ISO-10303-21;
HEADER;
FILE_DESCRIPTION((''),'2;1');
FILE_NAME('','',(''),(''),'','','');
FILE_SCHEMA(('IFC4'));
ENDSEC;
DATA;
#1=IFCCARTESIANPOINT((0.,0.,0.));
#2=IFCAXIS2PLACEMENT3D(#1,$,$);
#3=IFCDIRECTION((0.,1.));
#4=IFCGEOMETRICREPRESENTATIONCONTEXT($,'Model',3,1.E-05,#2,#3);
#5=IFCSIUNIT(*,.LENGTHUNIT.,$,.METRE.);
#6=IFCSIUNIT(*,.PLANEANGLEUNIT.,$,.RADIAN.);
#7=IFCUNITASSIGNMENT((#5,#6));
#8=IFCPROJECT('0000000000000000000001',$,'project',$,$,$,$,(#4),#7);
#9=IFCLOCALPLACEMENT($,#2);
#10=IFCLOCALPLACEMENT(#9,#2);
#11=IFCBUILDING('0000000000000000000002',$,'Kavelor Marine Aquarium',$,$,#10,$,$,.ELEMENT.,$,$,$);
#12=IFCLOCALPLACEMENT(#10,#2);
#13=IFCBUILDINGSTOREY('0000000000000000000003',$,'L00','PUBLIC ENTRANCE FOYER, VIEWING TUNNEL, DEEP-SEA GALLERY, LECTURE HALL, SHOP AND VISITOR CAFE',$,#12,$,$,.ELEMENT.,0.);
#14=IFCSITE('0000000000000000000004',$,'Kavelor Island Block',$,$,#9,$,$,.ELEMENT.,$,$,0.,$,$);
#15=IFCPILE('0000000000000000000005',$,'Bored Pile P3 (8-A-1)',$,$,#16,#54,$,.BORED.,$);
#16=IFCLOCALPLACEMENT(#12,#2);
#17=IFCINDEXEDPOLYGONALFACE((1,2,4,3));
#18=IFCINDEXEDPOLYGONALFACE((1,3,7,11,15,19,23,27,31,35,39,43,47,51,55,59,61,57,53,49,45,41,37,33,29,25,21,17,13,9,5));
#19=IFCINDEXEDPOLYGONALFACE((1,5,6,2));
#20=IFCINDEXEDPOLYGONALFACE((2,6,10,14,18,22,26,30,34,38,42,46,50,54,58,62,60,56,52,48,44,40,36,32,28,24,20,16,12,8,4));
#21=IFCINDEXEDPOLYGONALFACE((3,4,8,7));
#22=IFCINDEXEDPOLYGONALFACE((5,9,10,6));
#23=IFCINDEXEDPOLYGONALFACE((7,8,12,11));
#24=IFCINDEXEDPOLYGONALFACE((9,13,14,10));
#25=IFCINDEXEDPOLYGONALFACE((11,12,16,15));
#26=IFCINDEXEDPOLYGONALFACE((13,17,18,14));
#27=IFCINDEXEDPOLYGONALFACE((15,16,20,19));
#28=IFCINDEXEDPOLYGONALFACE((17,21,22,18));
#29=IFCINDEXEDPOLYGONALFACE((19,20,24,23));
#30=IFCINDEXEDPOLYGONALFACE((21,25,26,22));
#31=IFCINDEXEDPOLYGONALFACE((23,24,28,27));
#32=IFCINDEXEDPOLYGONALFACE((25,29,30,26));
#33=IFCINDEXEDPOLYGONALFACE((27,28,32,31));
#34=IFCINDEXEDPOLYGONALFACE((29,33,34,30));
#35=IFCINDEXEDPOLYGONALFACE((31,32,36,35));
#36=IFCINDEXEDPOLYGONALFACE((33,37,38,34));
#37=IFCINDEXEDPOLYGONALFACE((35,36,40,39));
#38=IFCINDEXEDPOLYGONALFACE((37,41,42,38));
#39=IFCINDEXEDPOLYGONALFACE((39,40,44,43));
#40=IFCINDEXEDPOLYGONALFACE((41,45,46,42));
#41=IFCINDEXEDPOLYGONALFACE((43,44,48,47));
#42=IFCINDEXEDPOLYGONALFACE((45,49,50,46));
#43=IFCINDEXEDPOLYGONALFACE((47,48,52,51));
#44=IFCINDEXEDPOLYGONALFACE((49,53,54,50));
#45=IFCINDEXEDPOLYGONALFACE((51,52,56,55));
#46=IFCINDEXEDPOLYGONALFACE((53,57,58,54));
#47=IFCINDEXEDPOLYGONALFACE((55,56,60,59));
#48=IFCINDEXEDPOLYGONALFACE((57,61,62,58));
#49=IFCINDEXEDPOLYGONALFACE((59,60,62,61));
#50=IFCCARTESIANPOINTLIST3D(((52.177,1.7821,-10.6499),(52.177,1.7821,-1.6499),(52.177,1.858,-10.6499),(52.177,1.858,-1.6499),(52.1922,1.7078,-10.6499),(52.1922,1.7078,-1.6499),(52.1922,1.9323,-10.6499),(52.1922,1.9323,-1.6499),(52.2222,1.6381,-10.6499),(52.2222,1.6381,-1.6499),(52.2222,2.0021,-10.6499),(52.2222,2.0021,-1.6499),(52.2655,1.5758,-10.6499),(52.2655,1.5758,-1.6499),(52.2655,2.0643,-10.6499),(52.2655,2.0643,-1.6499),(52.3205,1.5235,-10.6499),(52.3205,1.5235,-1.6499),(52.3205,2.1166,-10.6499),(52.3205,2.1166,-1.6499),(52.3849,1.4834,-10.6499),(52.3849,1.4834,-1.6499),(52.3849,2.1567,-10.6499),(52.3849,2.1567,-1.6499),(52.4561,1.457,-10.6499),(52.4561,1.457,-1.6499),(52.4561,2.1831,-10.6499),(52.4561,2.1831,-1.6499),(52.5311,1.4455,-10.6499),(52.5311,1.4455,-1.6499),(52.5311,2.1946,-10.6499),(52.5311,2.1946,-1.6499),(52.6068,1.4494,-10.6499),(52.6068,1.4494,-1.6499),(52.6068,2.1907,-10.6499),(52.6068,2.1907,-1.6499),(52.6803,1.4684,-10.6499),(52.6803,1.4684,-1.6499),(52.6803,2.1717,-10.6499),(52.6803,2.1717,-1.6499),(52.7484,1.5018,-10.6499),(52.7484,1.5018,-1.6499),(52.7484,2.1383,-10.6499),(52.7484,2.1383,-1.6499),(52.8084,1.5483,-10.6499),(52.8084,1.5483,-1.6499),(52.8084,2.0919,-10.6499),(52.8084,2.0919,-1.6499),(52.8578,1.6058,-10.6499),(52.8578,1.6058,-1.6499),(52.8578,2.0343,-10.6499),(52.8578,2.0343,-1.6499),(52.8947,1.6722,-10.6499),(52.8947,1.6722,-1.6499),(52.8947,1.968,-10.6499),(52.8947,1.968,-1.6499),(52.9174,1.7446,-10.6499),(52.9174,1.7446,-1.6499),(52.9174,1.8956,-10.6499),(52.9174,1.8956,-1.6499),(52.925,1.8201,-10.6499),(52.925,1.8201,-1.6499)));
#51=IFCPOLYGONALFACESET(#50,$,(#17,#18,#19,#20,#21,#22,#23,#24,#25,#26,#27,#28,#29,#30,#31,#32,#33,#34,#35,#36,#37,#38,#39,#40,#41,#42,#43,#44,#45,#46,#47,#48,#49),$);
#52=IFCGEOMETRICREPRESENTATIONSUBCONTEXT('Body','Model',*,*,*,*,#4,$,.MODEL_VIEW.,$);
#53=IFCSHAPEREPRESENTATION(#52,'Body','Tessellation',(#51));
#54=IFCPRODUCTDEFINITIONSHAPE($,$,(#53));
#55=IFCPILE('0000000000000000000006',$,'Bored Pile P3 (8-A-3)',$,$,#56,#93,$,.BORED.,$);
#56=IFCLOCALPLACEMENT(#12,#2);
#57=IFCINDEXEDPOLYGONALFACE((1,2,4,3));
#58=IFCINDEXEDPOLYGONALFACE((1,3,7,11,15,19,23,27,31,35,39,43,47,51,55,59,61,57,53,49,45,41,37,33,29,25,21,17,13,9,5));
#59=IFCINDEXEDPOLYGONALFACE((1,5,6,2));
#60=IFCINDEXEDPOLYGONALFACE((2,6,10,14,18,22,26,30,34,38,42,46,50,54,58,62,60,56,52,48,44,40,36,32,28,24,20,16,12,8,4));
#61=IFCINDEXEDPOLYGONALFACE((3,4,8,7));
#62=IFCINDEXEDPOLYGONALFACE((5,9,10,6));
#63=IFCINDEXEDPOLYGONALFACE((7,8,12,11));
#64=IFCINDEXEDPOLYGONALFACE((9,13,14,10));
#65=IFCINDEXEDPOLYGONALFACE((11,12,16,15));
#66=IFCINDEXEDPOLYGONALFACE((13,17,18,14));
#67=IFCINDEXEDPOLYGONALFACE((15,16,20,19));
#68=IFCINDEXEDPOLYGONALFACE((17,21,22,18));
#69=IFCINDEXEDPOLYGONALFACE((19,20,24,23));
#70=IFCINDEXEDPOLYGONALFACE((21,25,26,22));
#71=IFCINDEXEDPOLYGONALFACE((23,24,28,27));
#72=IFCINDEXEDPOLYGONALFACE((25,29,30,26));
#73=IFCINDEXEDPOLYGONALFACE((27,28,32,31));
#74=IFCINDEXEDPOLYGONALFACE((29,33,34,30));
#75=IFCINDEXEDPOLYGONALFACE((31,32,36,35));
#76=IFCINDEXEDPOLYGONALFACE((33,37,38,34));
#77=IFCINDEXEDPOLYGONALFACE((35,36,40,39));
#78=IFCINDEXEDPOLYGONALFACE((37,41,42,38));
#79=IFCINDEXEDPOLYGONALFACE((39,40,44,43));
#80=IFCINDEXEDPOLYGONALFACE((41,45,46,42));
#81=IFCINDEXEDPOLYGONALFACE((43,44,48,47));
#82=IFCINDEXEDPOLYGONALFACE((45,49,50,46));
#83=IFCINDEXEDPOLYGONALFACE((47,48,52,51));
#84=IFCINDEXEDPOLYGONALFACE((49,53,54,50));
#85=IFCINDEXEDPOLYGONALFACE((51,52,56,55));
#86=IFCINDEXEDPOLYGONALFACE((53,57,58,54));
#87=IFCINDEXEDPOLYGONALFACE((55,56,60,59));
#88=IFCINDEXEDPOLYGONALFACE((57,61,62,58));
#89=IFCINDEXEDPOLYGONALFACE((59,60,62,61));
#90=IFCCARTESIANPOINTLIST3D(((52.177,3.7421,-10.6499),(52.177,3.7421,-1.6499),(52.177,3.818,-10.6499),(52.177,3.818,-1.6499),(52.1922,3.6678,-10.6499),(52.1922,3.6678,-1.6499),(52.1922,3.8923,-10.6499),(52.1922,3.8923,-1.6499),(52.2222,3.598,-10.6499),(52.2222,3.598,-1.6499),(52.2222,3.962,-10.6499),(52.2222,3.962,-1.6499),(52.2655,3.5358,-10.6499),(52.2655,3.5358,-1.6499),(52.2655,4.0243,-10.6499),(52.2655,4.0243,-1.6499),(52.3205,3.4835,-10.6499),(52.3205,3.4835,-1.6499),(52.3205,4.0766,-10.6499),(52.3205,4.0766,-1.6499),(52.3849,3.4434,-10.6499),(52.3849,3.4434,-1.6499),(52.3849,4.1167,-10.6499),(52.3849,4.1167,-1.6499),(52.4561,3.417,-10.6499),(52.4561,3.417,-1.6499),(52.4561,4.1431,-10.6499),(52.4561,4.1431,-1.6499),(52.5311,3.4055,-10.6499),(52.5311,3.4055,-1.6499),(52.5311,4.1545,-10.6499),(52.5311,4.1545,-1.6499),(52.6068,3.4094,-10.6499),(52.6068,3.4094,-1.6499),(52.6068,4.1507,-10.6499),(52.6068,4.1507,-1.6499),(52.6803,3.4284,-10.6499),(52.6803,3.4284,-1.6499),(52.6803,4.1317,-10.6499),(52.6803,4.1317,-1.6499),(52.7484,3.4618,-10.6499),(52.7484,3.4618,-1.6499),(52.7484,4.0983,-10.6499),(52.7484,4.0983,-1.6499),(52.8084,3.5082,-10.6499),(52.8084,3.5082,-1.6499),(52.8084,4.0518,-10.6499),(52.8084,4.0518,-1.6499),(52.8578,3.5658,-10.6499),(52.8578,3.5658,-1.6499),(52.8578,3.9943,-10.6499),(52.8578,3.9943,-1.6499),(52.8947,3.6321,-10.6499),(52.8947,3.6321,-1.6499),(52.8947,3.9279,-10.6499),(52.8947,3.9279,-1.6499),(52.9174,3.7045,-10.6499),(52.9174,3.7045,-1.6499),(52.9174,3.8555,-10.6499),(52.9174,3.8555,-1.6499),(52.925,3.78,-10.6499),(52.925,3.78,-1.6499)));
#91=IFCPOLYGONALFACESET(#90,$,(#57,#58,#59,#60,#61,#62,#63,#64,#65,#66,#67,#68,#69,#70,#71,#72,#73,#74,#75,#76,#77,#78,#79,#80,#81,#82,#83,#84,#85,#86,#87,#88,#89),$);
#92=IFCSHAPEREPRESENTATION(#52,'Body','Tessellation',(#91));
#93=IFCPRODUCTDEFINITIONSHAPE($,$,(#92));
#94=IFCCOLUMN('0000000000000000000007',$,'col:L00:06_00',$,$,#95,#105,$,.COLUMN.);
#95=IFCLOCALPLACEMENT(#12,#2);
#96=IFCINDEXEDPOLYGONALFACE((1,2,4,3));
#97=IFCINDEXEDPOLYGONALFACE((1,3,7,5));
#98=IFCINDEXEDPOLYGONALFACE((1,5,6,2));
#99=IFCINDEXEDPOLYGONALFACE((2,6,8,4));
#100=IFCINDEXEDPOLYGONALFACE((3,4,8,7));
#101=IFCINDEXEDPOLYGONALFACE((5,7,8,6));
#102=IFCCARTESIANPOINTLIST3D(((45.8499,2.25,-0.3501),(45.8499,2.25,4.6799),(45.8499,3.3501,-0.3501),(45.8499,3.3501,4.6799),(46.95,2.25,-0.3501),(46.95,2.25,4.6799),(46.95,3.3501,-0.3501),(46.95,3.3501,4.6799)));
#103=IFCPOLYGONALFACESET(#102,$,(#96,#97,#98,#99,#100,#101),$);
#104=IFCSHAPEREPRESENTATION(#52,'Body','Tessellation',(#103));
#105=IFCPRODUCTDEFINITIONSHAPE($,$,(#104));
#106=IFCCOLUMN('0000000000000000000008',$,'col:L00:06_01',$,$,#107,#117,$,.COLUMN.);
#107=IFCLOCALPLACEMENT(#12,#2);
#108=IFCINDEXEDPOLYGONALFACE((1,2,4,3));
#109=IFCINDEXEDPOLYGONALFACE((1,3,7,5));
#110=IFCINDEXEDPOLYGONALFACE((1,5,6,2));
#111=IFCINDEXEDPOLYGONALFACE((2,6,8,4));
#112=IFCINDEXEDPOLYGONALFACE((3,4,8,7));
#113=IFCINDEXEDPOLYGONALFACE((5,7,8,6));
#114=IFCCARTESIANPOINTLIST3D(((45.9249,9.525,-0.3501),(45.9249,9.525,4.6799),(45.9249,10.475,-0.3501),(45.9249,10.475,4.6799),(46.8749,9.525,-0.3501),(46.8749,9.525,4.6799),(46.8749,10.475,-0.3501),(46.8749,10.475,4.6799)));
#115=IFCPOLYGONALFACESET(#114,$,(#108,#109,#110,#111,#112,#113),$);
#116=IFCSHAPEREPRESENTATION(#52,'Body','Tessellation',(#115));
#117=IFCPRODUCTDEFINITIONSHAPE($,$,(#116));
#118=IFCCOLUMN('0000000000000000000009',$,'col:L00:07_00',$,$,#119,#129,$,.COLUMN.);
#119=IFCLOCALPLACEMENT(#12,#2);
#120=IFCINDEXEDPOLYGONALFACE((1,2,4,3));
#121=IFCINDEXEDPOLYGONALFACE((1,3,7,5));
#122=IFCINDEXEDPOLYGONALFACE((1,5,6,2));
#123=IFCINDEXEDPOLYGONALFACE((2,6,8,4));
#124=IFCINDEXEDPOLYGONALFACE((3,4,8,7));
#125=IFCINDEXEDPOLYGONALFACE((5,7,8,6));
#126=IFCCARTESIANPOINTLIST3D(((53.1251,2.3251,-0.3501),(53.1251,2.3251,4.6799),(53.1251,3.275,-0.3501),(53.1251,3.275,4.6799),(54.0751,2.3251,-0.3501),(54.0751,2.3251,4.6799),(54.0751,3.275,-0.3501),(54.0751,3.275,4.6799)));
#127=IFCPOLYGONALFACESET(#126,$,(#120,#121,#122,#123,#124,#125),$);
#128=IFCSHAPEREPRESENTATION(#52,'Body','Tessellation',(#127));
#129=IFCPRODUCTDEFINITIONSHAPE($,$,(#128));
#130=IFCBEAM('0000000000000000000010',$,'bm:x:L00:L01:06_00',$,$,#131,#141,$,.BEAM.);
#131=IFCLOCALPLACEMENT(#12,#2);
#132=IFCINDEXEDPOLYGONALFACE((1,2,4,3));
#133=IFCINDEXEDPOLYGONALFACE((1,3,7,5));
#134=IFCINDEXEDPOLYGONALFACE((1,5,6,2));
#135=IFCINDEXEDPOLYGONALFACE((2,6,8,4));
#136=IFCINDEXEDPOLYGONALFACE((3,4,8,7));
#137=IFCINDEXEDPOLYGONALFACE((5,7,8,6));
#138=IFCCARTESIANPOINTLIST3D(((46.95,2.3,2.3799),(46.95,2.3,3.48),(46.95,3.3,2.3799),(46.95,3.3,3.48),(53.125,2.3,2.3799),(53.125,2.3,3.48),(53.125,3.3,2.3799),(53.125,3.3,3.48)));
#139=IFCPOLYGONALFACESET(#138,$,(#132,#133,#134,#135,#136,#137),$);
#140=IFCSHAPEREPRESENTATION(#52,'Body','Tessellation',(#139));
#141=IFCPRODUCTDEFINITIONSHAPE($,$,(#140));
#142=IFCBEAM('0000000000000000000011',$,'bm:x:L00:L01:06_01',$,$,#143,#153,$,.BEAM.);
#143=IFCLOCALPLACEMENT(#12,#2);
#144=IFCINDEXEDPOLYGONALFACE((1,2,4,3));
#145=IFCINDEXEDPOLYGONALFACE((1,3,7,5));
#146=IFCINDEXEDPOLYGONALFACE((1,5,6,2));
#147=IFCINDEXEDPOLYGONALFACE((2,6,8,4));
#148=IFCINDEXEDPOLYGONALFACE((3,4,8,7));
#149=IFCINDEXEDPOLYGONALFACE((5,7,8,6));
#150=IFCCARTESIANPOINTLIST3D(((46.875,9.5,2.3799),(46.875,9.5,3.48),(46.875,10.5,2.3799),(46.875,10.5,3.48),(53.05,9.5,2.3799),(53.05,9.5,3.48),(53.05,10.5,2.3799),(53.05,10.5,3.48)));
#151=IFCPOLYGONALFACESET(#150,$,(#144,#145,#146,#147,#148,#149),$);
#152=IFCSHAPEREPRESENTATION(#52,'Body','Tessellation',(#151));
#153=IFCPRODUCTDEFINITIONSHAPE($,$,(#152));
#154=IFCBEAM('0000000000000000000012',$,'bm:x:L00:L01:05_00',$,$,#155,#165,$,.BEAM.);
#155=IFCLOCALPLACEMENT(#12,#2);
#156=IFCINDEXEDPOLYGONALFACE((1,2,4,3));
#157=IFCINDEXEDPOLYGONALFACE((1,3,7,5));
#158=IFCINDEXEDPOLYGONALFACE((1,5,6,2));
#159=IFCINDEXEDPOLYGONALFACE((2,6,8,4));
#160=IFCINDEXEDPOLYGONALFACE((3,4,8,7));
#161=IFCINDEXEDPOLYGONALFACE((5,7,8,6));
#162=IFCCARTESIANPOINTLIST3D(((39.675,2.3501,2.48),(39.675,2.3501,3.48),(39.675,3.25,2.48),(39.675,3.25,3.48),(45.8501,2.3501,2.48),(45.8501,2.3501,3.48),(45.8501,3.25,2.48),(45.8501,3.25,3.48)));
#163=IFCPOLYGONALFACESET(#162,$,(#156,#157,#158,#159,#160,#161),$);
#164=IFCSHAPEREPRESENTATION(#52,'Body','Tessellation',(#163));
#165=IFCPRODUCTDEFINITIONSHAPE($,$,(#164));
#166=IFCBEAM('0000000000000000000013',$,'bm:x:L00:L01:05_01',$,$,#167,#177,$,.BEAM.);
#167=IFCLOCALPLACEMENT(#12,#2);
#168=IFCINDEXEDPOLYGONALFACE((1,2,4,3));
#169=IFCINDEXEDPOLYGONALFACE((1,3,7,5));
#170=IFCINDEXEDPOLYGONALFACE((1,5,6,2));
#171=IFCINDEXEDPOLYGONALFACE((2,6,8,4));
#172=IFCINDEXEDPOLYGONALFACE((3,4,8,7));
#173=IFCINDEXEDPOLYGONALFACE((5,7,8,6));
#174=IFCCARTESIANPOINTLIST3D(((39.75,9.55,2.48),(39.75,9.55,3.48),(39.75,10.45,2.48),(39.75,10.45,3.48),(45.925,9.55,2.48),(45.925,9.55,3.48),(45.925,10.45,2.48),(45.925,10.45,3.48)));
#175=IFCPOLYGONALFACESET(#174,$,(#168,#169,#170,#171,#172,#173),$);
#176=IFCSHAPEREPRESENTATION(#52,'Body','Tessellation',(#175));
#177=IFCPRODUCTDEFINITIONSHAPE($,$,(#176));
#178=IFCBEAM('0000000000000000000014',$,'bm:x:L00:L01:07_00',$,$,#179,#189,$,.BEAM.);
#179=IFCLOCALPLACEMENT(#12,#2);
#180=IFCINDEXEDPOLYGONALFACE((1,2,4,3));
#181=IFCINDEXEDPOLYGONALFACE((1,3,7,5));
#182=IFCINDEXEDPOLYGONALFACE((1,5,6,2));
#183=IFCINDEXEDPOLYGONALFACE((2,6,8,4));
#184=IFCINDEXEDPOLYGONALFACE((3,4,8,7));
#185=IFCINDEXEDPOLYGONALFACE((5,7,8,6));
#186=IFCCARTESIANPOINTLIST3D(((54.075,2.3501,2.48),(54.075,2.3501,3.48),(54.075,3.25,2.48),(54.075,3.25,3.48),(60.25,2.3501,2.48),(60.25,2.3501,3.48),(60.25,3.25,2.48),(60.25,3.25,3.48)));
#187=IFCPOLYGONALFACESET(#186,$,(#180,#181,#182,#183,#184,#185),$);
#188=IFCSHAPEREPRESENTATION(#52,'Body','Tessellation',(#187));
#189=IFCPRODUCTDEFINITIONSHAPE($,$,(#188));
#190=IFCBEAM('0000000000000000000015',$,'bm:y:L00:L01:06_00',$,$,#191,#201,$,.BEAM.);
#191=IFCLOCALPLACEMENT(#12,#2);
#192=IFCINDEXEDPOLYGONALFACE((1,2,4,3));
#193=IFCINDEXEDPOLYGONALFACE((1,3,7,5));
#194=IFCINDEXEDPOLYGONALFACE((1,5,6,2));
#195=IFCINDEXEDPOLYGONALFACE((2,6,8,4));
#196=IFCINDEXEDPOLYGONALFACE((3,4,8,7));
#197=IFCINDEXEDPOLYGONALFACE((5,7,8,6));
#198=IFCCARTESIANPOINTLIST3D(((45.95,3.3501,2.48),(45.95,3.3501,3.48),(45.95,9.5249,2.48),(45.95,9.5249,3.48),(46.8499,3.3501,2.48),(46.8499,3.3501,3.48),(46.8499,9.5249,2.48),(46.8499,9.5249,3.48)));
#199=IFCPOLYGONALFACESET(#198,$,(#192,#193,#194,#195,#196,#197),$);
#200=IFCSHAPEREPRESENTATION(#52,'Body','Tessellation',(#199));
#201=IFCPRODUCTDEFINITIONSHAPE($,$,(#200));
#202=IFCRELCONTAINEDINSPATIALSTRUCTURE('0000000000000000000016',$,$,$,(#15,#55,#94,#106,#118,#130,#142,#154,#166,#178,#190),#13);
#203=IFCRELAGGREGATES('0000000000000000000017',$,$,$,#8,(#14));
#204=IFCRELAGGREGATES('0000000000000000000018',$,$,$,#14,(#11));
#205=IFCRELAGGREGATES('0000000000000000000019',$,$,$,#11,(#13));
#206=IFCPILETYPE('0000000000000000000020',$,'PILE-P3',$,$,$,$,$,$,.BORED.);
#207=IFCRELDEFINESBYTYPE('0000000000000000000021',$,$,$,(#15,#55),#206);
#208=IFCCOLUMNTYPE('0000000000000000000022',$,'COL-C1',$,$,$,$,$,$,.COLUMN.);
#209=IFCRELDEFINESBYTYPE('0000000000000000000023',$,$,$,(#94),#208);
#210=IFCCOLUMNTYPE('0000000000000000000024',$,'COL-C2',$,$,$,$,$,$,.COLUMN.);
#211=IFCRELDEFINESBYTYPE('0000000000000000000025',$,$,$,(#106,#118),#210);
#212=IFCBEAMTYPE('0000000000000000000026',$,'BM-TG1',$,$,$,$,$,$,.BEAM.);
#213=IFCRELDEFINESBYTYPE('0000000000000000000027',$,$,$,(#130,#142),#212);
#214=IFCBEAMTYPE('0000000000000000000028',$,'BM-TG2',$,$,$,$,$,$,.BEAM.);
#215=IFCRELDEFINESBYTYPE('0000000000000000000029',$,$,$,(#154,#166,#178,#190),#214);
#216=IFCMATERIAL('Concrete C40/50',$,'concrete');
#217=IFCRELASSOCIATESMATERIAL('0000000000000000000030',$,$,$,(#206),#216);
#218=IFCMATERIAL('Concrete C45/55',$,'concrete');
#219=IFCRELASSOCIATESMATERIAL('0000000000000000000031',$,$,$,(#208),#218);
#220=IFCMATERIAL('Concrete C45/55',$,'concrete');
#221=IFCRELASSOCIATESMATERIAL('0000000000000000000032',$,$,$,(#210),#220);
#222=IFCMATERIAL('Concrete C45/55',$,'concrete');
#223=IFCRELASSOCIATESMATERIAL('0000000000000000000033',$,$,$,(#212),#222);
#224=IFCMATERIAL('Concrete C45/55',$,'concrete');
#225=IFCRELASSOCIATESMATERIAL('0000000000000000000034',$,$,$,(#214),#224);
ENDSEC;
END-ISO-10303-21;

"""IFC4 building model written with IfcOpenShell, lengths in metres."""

from ifc_helpers import new_model, si_unit, direction, frame, origin, origin_2d, place, context, subcontext, project, spatial, rectangle, circle, extrude, material, material_profile, profile_set, type_object, element, save


model = new_model("IFC4")

# Units and contexts
model_context = context("Model", 3, precision=1e-05, world=origin(), true_north=direction((0.0, 1.0)))
body_context = subcontext(model_context, "Body", "Model", "MODEL_VIEW")
ifc_project = project(units=[si_unit("LENGTHUNIT", "METRE"), si_unit("PLANEANGLEUNIT", "RADIAN")], contexts=[model_context])

# Site, building, storey
site_placement = place(None, origin())
site = spatial("IfcSite", under=ifc_project, at=site_placement, Name="Kavelor Island Block", CompositionType="ELEMENT", RefElevation=0.0)
building_placement = place(site_placement, origin())
building = spatial("IfcBuilding", under=site, at=building_placement, Name="Kavelor Marine Aquarium", CompositionType="ELEMENT")
storey_placement = place(building_placement, origin())
storey = spatial("IfcBuildingStorey", under=building, at=storey_placement, Name="L00", Description="PUBLIC ENTRANCE FOYER, VIEWING TUNNEL, DEEP-SEA GALLERY, LECTURE HALL, SHOP AND VISITOR CAFE", CompositionType="ELEMENT", Elevation=0.0)

# Piles
ifc_material_1 = material(Name="Concrete C40/50", Category="concrete")
ifc_material_profile_1 = material_profile(ifc_material_1, circle(Radius=0.375, at=origin_2d()), Name="PILE D750")
ifc_profile_set_1 = profile_set([ifc_material_profile_1], Name="Concrete C40/50")
pile_type_1 = type_object("IfcPileType", Name="PILE-P3", PredefinedType="BORED", material=ifc_profile_set_1)
for number, where, z_axis, x_axis, name in (
    (1, (52.55, 1.8201, -1.6499), (0.0, 0.0, -1.0), (1.0, 0.0, 0.0), "Bored Pile P3 (8-A-1)"),
    (2, (52.55, 3.78, -1.6499), (0.0, 0.0, -1.0), (1.0, 0.0, 0.0), "Bored Pile P3 (8-A-3)"),
):
    element("IfcPile", number, at=place(storey_placement, frame(where, z_axis=z_axis, x_axis=x_axis)), inside=storey, type_object=pile_type_1, Name=name, PredefinedType="BORED", context=body_context, shape_type="SweptSolid", body=[
        extrude(circle(Radius=0.375, at=origin_2d()), origin(), (0.0, 0.0, 1.0), 9.0),
    ])

# Columns
ifc_material_2 = material(Name="Concrete C45/55", Category="concrete")
ifc_material_profile_2 = material_profile(ifc_material_2, rectangle(XDim=1.1001, YDim=1.1001, at=origin_2d()), Name="RC-COL 1100x1100")
ifc_profile_set_2 = profile_set([ifc_material_profile_2], Name="Concrete C45/55")
column_type_1 = type_object("IfcColumnType", Name="COL-C1", PredefinedType="COLUMN", material=ifc_profile_set_2)
column_placement = place(storey_placement, frame((46.3999, 2.8, -0.3501), z_axis=(0.0, 0.0, 1.0), x_axis=(1.0, 0.0, 0.0)))
element("IfcColumn", 3, at=column_placement, inside=storey, type_object=column_type_1, Name="col:L00:06_00", PredefinedType="COLUMN", context=body_context, shape_type="SweptSolid", body=[
    extrude(rectangle(XDim=1.1001, YDim=1.1001, at=origin_2d()), origin(), (0.0, 0.0, 1.0), 5.03),
])
ifc_material_3 = material(Name="Concrete C45/55", Category="concrete")
ifc_material_profile_3 = material_profile(ifc_material_3, rectangle(XDim=0.95, YDim=0.95, at=origin_2d()), Name="RC-COL 950x950")
ifc_profile_set_3 = profile_set([ifc_material_profile_3], Name="Concrete C45/55")
column_type_2 = type_object("IfcColumnType", Name="COL-C2", PredefinedType="COLUMN", material=ifc_profile_set_3)
for number, where, z_axis, x_axis, name in (
    (4, (46.3999, 10.0, -0.3501), (0.0, 0.0, 1.0), (1.0, 0.0, 0.0), "col:L00:06_01"),
    (5, (53.6001, 2.8, -0.3501), (0.0, 0.0, 1.0), (1.0, 0.0, 0.0), "col:L00:07_00"),
):
    element("IfcColumn", number, at=place(storey_placement, frame(where, z_axis=z_axis, x_axis=x_axis)), inside=storey, type_object=column_type_2, Name=name, PredefinedType="COLUMN", context=body_context, shape_type="SweptSolid", body=[
        extrude(rectangle(XDim=0.95, YDim=0.95, at=origin_2d()), origin(), (0.0, 0.0, 1.0), 5.03),
    ])

# Beams
ifc_material_4 = material(Name="Concrete C45/55", Category="concrete")
ifc_material_profile_4 = material_profile(ifc_material_4, rectangle(XDim=1.0, YDim=1.1001, at=origin_2d()), Name="RC-TG 1000x1100")
ifc_profile_set_4 = profile_set([ifc_material_profile_4], Name="Concrete C45/55")
beam_type_1 = type_object("IfcBeamType", Name="BM-TG1", PredefinedType="BEAM", material=ifc_profile_set_4)
for number, where, z_axis, x_axis, name in (
    (6, (46.95, 2.8, 2.9299), (1.0, 0.0, 0.0), (0.0, 1.0, 0.0), "bm:x:L00:L01:06_00"),
    (7, (46.875, 10.0, 2.9299), (1.0, 0.0, 0.0), (0.0, 1.0, 0.0), "bm:x:L00:L01:06_01"),
):
    element("IfcBeam", number, at=place(storey_placement, frame(where, z_axis=z_axis, x_axis=x_axis)), inside=storey, type_object=beam_type_1, Name=name, PredefinedType="BEAM", context=body_context, shape_type="SweptSolid", body=[
        extrude(rectangle(XDim=1.0, YDim=1.1001, at=origin_2d()), origin(), (0.0, 0.0, 1.0), 6.175),
    ])
ifc_material_5 = material(Name="Concrete C45/55", Category="concrete")
ifc_material_profile_5 = material_profile(ifc_material_5, rectangle(XDim=0.8999, YDim=1.0, at=origin_2d()), Name="RC-TG 900x1000")
ifc_profile_set_5 = profile_set([ifc_material_profile_5], Name="Concrete C45/55")
beam_type_2 = type_object("IfcBeamType", Name="BM-TG2", PredefinedType="BEAM", material=ifc_profile_set_5)
for number, where, z_axis, x_axis, name in (
    (8, (39.675, 2.8, 2.98), (1.0, 0.0, 0.0), (0.0, 1.0, 0.0), "bm:x:L00:L01:05_00"),
    (9, (39.75, 10.0, 2.98), (1.0, 0.0, 0.0), (0.0, 1.0, 0.0), "bm:x:L00:L01:05_01"),
    (10, (54.075, 2.8, 2.98), (1.0, 0.0, 0.0), (0.0, 1.0, 0.0), "bm:x:L00:L01:07_00"),
):
    element("IfcBeam", number, at=place(storey_placement, frame(where, z_axis=z_axis, x_axis=x_axis)), inside=storey, type_object=beam_type_2, Name=name, PredefinedType="BEAM", context=body_context, shape_type="SweptSolid", body=[
        extrude(rectangle(XDim=0.8999, YDim=1.0, at=origin_2d()), origin(), (0.0, 0.0, 1.0), 6.175),
    ])
beam_1_placement = place(storey_placement, frame((46.3999, 3.3501, 2.98), z_axis=(0.0, 1.0, 0.0), x_axis=(-1.0, 0.0, 0.0)))
element("IfcBeam", 11, at=beam_1_placement, inside=storey, type_object=beam_type_2, Name="bm:y:L00:L01:06_00", PredefinedType="BEAM", context=body_context, shape_type="SweptSolid", body=[
    extrude(rectangle(XDim=0.8999, YDim=1.0, at=origin_2d()), origin(), (0.0, 0.0, 1.0), 6.1748),
])

save(model, "model.ifc")
